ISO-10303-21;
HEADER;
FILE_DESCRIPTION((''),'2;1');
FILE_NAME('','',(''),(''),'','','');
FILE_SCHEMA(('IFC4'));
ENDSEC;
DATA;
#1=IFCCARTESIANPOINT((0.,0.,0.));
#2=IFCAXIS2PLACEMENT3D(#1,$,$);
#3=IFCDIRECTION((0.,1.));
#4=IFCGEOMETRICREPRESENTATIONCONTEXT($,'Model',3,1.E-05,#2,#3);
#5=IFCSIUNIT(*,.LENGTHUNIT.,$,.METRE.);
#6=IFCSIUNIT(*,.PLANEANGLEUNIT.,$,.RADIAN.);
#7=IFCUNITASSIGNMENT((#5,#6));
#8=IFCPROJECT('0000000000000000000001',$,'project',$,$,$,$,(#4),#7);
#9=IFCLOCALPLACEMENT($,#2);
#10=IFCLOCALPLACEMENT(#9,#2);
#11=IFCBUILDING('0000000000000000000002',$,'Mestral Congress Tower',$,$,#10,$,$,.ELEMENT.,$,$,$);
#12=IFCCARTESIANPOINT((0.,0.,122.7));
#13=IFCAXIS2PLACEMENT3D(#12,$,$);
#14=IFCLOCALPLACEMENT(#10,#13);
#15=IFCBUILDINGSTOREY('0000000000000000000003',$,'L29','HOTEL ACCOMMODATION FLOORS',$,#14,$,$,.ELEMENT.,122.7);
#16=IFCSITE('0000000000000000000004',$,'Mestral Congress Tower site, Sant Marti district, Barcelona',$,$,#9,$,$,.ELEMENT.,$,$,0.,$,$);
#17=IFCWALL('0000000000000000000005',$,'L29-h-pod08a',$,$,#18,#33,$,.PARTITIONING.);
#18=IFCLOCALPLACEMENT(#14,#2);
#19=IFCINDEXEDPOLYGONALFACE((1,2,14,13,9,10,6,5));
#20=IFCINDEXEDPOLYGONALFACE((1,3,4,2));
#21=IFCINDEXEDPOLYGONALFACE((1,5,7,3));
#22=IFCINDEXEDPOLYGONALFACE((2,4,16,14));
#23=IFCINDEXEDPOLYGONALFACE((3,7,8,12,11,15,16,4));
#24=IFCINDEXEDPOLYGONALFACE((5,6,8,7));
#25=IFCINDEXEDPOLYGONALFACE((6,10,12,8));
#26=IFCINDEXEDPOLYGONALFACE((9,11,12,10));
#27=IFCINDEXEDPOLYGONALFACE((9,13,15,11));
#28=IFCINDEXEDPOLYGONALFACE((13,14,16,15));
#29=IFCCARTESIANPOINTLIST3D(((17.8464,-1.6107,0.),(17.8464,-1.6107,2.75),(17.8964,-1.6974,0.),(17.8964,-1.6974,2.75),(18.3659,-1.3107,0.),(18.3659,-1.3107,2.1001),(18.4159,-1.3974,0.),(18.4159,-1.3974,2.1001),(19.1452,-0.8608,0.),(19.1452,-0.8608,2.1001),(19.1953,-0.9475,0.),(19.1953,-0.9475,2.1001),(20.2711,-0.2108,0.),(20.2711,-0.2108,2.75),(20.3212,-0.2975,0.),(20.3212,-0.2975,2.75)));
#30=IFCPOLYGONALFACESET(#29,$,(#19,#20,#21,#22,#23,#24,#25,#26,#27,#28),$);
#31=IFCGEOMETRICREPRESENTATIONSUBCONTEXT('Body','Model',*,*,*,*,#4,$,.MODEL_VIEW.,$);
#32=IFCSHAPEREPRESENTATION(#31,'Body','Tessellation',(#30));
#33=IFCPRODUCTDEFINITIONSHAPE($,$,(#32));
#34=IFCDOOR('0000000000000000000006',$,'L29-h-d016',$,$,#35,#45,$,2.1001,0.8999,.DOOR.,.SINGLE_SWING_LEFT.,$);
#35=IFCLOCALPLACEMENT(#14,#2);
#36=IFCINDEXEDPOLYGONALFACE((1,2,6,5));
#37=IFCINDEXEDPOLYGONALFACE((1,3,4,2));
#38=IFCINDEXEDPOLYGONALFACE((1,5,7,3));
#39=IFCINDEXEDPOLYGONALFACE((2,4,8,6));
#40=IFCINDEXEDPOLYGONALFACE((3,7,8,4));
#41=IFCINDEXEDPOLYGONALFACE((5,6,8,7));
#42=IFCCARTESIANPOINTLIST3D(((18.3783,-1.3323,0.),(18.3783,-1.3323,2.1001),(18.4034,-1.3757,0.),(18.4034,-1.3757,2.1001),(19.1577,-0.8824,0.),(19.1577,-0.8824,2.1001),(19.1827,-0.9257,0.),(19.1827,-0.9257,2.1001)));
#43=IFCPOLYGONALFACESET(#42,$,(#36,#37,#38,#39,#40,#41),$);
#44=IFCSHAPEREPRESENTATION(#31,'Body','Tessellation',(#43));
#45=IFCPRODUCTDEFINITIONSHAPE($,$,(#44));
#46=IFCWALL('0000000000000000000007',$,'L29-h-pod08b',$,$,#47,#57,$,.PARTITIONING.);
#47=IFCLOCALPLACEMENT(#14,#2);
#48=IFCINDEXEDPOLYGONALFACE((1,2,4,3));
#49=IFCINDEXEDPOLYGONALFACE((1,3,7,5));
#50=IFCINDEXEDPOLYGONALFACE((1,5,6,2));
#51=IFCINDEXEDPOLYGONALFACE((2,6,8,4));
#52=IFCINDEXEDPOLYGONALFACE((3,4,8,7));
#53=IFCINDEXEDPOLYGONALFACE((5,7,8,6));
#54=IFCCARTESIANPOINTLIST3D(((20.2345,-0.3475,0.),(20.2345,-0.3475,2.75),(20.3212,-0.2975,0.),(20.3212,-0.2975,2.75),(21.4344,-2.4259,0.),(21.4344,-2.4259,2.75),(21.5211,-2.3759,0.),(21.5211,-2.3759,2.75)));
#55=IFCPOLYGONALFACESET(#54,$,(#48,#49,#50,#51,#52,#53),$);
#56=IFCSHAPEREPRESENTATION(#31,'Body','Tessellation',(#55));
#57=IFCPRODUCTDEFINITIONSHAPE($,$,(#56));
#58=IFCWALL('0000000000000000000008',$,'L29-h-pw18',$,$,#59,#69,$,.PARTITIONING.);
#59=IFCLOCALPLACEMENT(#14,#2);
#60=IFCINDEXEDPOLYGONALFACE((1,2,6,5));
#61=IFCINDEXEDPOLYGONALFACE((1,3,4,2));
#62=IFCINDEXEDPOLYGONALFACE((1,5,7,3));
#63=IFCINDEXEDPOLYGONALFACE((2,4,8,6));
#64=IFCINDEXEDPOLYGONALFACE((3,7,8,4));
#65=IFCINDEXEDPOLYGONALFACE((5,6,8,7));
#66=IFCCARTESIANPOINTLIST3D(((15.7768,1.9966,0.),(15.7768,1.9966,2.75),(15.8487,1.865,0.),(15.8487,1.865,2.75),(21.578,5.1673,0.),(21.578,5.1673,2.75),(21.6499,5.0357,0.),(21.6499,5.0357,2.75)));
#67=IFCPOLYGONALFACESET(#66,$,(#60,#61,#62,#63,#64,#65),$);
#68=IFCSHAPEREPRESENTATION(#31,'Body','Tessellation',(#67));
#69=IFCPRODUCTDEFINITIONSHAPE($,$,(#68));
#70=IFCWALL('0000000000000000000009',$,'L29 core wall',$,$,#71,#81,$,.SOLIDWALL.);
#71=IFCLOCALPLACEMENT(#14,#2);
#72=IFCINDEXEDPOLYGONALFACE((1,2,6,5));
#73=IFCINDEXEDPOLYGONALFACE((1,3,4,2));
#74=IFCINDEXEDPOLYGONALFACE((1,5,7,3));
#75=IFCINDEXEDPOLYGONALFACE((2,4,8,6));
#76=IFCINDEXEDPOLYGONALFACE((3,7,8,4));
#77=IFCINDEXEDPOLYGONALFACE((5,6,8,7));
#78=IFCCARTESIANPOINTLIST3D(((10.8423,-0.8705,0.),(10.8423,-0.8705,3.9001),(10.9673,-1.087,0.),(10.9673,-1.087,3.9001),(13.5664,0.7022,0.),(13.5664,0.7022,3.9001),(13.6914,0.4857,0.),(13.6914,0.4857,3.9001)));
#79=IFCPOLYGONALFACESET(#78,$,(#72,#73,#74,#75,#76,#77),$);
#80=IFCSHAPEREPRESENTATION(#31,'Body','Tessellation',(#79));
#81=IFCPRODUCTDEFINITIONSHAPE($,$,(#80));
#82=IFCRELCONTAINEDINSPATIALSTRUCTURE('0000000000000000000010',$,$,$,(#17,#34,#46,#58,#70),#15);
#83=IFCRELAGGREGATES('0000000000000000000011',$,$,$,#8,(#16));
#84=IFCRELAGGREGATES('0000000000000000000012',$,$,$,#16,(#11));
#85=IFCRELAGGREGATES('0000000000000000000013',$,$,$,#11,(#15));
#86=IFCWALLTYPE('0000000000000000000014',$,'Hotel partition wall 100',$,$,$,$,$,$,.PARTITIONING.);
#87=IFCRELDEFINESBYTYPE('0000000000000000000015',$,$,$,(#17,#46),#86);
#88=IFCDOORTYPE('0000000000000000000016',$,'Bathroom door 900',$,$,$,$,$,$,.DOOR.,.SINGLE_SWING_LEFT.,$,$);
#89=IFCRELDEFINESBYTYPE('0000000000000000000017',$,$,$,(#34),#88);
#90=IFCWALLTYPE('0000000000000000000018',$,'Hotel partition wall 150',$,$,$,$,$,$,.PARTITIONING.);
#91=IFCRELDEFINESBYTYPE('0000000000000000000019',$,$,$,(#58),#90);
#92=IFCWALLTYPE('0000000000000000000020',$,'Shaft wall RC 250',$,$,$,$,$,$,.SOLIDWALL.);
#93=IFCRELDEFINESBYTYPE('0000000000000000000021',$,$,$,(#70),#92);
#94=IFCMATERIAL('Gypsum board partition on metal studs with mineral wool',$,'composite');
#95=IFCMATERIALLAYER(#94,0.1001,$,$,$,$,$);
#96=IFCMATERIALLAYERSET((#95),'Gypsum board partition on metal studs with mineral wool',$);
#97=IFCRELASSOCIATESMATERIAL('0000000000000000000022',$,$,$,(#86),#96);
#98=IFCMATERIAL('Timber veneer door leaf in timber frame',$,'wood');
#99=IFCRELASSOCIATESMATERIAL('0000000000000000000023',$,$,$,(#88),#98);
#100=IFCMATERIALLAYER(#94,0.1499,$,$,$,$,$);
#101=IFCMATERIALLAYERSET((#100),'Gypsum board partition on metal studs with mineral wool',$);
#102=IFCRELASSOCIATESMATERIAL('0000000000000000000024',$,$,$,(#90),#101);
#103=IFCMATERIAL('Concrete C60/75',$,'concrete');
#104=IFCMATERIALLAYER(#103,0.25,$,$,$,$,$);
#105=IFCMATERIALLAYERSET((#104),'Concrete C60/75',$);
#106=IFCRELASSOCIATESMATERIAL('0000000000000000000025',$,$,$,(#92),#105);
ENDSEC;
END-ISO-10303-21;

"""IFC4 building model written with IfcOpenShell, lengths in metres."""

from ifc_helpers import new_model, si_unit, direction, frame, frame_2d, origin, place, context, subcontext, project, spatial, rectangle, extrude, material, layer, layer_set, type_object, element, fill, save


model = new_model("IFC4")

# Units and contexts
model_context = context("Model", 3, precision=1e-05, world=origin(), true_north=direction((0.0, 1.0)))
body_context = subcontext(model_context, "Body", "Model", "MODEL_VIEW")
ifc_project = project(units=[si_unit("LENGTHUNIT", "METRE"), si_unit("PLANEANGLEUNIT", "RADIAN")], contexts=[model_context])

# Site, building, storey
site_placement = place(None, origin())
site = spatial("IfcSite", under=ifc_project, at=site_placement, Name="Mestral Congress Tower site, Sant Marti district, Barcelona", CompositionType="ELEMENT", RefElevation=0.0)
building_placement = place(site_placement, origin())
building = spatial("IfcBuilding", under=site, at=building_placement, Name="Mestral Congress Tower", CompositionType="ELEMENT")
storey_placement = place(building_placement, frame((0.0, 0.0, 122.7)))
storey = spatial("IfcBuildingStorey", under=building, at=storey_placement, Name="L29", Description="HOTEL ACCOMMODATION FLOORS", CompositionType="ELEMENT", Elevation=122.7)

# Wall, opening, door
ifc_material_1 = material(Name="Gypsum board partition on metal studs with mineral wool", Category="composite")
ifc_layer_1 = layer(ifc_material_1, 0.1001)
ifc_layer_set_1 = layer_set([ifc_layer_1], Name="Gypsum board partition on metal studs with mineral wool")
wall_type_1 = type_object("IfcWallType", Name="Hotel partition wall 100", PredefinedType="PARTITIONING", material=ifc_layer_set_1)
wall_1_placement = place(storey_placement, frame((20.2961, -0.2542, 0.0), z_axis=(0.0, 0.0, 1.0), x_axis=(-0.866035, -0.499984, 0.0)))
wall_1 = element("IfcWall", 1, at=wall_1_placement, inside=storey, type_object=wall_type_1, Name="L29-h-pod08a", PredefinedType="PARTITIONING", context=body_context, shape_type="SweptSolid", body=[
    extrude(rectangle(XDim=2.7998, YDim=0.1001, at=frame_2d((1.3999, 0.0))), origin(), (0.0, 0.0, 1.0), 2.75),
])
opening_1_placement = place(wall_1_placement, frame((1.3, 0.0, 0.0)))
opening_1 = element("IfcOpeningElement", 2, at=opening_1_placement, cuts=wall_1, PredefinedType="OPENING", context=body_context, shape_type="SweptSolid", body=[
    extrude(rectangle(XDim=0.8999, YDim=2.1001, at=frame_2d((0.45, 1.05))), frame((0.0, 0.0601, 0.0), z_axis=(0.0, -1.0, 0.0), x_axis=(1.0, 0.0, 0.0)), (0.0, 0.0, 1.0), 0.1201),
])
ifc_material_2 = material(Name="Timber veneer door leaf in timber frame", Category="wood")
door_type = type_object("IfcDoorType", Name="Bathroom door 900", OperationType="SINGLE_SWING_LEFT", PredefinedType="DOOR", material=ifc_material_2)
door_placement = place(opening_1_placement, origin())
door = element("IfcDoor", 3, at=door_placement, inside=storey, type_object=door_type, Name="L29-h-d016", OperationType="SINGLE_SWING_LEFT", OverallHeight=2.1001, OverallWidth=0.8999, PredefinedType="DOOR", context=body_context, shape_type="SweptSolid", body=[
    extrude(rectangle(XDim=0.8999, YDim=2.1001, at=frame_2d((0.45, 1.05))), frame((0.0, 0.0249, 0.0), z_axis=(0.0, -1.0, 0.0), x_axis=(1.0, 0.0, 0.0)), (0.0, 0.0, 1.0), 0.05),
])
fill(opening_1, door)

# Walls
wall_2_placement = place(storey_placement, frame((20.2778, -0.3225, 0.0), z_axis=(0.0, 0.0, 1.0), x_axis=(0.500001, -0.866025, 0.0)))
element("IfcWall", 4, at=wall_2_placement, inside=storey, type_object=wall_type_1, Name="L29-h-pod08b", PredefinedType="PARTITIONING", context=body_context, shape_type="SweptSolid", body=[
    extrude(rectangle(XDim=2.3999, YDim=0.1001, at=frame_2d((1.2, 0.0))), origin(), (0.0, 0.0, 1.0), 2.75),
])
ifc_layer_2 = layer(ifc_material_1, 0.1499)
ifc_layer_set_2 = layer_set([ifc_layer_2], Name="Gypsum board partition on metal studs with mineral wool")
wall_type_2 = type_object("IfcWallType", Name="Hotel partition wall 150", PredefinedType="PARTITIONING", material=ifc_layer_set_2)
wall_3_placement = place(storey_placement, frame((21.614, 5.1016, 0.0), z_axis=(0.0, 0.0, 1.0), x_axis=(-0.877485, -0.479605, 0.0)))
element("IfcWall", 5, at=wall_3_placement, inside=storey, type_object=wall_type_2, Name="L29-h-pw18", PredefinedType="PARTITIONING", context=body_context, shape_type="SweptSolid", body=[
    extrude(rectangle(XDim=6.6111, YDim=0.1499, at=frame_2d((3.3057, 0.0))), origin(), (0.0, 0.0, 1.0), 2.75),
])
ifc_material_3 = material(Name="Concrete C60/75", Category="concrete")
ifc_layer_3 = layer(ifc_material_3, 0.25)
ifc_layer_set_3 = layer_set([ifc_layer_3], Name="Concrete C60/75")
wall_type_3 = type_object("IfcWallType", Name="Shaft wall RC 250", PredefinedType="SOLIDWALL", material=ifc_layer_set_3)
wall_4_placement = place(storey_placement, frame((13.6289, 0.594, 0.0), z_axis=(0.0, 0.0, 1.0), x_axis=(-0.866028, -0.499996, 0.0)))
element("IfcWall", 6, at=wall_4_placement, inside=storey, type_object=wall_type_3, Name="L29 core wall", PredefinedType="SOLIDWALL", context=body_context, shape_type="SweptSolid", body=[
    extrude(rectangle(XDim=3.1455, YDim=0.25, at=frame_2d((1.5728, 0.0))), origin(), (0.0, 0.0, 1.0), 3.9001),
])

save(model, "model.ifc")
